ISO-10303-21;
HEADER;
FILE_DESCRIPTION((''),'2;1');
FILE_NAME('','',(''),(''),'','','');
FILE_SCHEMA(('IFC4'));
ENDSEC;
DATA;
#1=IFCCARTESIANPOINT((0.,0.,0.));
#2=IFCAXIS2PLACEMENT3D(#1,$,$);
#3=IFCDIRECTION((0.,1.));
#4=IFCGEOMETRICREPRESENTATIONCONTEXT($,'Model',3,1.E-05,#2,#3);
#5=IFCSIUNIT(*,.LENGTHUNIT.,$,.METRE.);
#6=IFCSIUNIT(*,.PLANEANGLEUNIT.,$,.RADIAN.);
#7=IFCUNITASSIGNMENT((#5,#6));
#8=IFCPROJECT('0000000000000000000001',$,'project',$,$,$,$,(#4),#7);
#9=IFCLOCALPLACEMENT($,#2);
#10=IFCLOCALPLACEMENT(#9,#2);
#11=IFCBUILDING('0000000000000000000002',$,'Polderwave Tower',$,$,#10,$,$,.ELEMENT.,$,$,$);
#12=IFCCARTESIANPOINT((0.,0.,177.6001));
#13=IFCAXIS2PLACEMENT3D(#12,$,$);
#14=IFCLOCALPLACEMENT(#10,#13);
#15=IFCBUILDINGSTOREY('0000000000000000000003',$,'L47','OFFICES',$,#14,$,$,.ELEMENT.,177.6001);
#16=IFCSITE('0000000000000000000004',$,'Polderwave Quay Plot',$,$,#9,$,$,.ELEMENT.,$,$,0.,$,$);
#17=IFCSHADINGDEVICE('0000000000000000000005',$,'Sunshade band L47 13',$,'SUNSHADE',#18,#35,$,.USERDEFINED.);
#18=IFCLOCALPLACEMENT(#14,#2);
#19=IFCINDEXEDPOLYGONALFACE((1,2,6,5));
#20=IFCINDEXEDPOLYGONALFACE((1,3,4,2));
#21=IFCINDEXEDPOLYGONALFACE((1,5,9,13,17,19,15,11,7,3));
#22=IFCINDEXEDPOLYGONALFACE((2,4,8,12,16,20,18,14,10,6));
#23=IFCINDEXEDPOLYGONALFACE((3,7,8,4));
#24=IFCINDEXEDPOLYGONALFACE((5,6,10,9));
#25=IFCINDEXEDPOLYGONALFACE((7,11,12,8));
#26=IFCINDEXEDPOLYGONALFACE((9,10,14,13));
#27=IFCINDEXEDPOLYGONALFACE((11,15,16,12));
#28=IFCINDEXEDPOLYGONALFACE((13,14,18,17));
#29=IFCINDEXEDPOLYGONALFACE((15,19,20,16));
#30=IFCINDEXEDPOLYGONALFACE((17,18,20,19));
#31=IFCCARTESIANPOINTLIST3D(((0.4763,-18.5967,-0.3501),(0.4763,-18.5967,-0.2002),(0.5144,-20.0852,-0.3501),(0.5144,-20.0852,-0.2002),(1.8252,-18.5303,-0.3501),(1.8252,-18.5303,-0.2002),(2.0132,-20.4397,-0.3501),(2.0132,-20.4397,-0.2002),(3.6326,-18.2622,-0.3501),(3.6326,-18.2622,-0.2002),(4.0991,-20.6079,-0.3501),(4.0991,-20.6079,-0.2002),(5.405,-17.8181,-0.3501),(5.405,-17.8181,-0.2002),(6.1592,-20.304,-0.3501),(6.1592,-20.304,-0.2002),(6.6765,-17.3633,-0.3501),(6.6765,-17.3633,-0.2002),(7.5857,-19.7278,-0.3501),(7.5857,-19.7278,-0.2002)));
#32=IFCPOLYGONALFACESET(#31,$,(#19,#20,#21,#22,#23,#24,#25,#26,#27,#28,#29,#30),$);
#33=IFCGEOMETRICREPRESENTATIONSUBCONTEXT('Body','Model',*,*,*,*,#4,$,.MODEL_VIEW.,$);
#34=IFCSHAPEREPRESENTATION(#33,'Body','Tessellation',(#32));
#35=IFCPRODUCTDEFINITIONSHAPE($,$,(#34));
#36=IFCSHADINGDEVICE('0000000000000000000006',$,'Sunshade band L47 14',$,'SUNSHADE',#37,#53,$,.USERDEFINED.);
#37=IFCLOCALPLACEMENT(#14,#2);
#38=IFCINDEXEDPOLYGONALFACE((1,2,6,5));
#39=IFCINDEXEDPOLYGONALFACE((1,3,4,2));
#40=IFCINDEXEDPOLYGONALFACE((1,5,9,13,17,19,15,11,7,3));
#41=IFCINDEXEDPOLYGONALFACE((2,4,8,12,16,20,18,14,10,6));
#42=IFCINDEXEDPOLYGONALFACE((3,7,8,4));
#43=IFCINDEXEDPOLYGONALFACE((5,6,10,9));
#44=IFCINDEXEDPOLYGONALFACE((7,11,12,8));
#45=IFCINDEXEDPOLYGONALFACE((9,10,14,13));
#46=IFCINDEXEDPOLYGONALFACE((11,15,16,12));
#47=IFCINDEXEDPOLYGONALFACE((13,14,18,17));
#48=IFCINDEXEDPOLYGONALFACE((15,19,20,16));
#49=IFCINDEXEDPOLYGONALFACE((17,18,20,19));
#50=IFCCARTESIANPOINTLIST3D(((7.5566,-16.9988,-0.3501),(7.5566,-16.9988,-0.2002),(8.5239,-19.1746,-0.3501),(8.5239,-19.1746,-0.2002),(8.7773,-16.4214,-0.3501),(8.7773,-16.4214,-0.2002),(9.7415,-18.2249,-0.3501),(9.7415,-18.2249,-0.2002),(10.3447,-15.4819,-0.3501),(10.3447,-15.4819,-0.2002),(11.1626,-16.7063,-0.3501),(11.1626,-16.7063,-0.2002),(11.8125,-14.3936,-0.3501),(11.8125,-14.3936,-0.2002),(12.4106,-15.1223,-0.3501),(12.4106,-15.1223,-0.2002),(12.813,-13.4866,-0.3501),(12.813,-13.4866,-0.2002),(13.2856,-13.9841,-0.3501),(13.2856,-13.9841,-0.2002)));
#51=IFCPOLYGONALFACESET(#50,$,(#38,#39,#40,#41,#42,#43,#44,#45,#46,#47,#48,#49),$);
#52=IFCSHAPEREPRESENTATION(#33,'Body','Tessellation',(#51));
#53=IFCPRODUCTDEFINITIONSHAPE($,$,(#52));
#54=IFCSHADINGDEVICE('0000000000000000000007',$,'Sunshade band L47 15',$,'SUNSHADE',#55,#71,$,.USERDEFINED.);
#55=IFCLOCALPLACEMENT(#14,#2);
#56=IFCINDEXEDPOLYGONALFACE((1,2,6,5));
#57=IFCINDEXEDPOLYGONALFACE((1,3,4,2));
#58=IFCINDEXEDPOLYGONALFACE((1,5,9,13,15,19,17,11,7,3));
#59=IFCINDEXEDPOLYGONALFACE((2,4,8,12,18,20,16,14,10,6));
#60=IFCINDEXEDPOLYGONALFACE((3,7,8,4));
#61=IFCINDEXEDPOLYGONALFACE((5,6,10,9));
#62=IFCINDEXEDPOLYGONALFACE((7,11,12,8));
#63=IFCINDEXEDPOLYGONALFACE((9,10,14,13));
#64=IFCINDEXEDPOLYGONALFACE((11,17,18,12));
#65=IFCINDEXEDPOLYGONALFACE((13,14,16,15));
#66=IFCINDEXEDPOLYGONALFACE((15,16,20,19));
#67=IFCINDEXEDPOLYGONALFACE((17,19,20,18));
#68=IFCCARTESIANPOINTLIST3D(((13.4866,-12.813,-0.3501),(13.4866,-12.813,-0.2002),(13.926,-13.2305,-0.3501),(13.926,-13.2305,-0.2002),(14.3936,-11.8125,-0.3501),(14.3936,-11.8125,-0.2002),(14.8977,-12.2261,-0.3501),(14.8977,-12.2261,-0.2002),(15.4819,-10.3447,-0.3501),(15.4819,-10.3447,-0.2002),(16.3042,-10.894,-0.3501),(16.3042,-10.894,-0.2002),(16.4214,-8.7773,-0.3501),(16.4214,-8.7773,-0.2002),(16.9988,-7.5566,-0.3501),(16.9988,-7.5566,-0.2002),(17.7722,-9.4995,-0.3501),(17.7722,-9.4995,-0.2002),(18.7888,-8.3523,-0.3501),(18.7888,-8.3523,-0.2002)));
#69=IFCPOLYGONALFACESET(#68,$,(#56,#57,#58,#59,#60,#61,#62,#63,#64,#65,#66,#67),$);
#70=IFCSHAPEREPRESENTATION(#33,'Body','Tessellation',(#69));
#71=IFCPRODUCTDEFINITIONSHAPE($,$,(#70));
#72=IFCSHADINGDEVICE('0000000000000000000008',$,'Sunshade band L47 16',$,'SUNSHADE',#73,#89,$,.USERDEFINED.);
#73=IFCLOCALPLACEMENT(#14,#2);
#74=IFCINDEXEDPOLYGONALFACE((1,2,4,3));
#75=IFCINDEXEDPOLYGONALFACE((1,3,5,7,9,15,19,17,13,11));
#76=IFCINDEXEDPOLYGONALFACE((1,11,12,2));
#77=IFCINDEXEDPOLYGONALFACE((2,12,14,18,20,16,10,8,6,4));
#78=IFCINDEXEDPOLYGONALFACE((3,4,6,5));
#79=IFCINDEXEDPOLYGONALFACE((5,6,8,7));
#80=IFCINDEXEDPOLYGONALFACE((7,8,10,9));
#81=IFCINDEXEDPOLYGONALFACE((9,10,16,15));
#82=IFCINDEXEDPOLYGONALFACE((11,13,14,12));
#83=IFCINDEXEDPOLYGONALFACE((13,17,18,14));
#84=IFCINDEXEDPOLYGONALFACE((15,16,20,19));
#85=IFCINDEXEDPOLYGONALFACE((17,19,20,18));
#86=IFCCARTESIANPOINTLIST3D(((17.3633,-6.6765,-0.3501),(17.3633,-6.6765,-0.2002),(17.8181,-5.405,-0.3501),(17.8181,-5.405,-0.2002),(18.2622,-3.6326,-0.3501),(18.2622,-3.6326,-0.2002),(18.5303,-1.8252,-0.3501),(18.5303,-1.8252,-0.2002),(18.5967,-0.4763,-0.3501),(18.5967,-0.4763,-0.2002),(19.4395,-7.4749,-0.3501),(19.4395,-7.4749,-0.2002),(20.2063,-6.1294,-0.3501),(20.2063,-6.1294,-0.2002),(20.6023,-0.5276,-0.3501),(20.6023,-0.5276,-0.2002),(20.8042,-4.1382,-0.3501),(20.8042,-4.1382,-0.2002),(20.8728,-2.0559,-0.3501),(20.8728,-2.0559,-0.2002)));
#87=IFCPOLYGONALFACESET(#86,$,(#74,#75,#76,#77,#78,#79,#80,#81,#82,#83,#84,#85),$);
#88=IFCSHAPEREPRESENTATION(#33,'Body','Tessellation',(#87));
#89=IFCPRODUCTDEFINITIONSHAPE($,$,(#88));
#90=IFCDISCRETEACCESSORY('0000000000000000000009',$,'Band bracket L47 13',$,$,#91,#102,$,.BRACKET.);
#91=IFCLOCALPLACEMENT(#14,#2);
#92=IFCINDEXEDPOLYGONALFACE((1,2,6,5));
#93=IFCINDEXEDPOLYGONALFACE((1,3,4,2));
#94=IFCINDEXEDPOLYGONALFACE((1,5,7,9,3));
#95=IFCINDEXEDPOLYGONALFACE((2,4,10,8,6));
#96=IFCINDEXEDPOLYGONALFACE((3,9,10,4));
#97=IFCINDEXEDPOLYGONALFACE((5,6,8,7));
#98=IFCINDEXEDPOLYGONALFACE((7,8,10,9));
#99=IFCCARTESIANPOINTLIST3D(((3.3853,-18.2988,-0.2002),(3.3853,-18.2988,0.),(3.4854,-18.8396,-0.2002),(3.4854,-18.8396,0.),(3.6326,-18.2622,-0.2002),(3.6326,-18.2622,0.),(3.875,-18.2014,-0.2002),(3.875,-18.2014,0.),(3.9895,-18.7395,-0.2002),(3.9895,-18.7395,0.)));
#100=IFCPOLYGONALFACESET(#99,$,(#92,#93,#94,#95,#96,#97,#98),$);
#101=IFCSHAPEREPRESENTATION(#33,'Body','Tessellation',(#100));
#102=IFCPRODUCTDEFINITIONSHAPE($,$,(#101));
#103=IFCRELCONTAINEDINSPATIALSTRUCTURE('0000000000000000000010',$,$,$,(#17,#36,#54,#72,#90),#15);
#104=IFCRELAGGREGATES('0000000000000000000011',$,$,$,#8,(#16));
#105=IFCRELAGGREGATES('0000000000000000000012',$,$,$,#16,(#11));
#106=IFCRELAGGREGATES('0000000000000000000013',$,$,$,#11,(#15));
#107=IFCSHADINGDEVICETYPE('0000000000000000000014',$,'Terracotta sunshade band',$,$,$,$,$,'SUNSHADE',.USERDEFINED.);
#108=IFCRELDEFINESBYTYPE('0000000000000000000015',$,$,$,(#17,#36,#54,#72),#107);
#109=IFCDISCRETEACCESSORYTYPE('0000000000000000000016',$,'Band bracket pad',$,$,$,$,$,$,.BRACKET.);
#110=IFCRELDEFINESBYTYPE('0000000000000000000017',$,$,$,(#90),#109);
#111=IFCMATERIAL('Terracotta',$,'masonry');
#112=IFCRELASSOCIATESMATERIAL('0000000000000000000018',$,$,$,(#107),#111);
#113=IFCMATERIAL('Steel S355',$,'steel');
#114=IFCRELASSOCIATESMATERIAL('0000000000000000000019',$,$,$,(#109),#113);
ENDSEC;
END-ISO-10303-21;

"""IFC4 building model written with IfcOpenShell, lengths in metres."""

from ifc_helpers import new_model, si_unit, direction, frame, origin, place, context, subcontext, project, spatial, polyline, outline, extrude, material, type_object, element, save


model = new_model("IFC4")

# Units and contexts
model_context = context("Model", 3, precision=1e-05, world=origin(), true_north=direction((0.0, 1.0)))
body_context = subcontext(model_context, "Body", "Model", "MODEL_VIEW")
ifc_project = project(units=[si_unit("LENGTHUNIT", "METRE"), si_unit("PLANEANGLEUNIT", "RADIAN")], contexts=[model_context])

# Site, building, storey
site_placement = place(None, origin())
site = spatial("IfcSite", under=ifc_project, at=site_placement, Name="Polderwave Quay Plot", CompositionType="ELEMENT", RefElevation=0.0)
building_placement = place(site_placement, origin())
building = spatial("IfcBuilding", under=site, at=building_placement, Name="Polderwave Tower", CompositionType="ELEMENT")
storey_placement = place(building_placement, frame((0.0, 0.0, 177.6001)))
storey = spatial("IfcBuildingStorey", under=building, at=storey_placement, Name="L47", Description="OFFICES", CompositionType="ELEMENT", Elevation=177.6001)

# Shared definitions
ifc_material_1 = material(Name="Steel S355", Category="steel")

# Shading devices
ifc_material_2 = material(Name="Terracotta", Category="masonry")
shading_device_type = type_object("IfcShadingDeviceType", Name="Terracotta sunshade band", ElementType="SUNSHADE", PredefinedType="USERDEFINED", material=ifc_material_2)
shading_device_1_placement = place(storey_placement, frame((0.0, 0.0, -0.3501)))
element("IfcShadingDevice", 1, at=shading_device_1_placement, inside=storey, type_object=shading_device_type, Name="Sunshade band L47 13", ObjectType="SUNSHADE", PredefinedType="USERDEFINED", context=body_context, shape_type="SweptSolid", body=[
    extrude(outline(polyline([(0.4763, -18.5967), (1.8252, -18.5303), (3.6326, -18.2622), (5.405, -17.8181), (6.6765, -17.3633), (7.5857, -19.7278), (6.1592, -20.304), (4.0991, -20.6079), (2.0132, -20.4397), (0.5144, -20.0852), (0.4763, -18.5967)])), origin(), (0.0, 0.0, 1.0), 0.1499),
])
shading_device_2_placement = place(storey_placement, frame((0.0, 0.0, -0.3501)))
element("IfcShadingDevice", 2, at=shading_device_2_placement, inside=storey, type_object=shading_device_type, Name="Sunshade band L47 14", ObjectType="SUNSHADE", PredefinedType="USERDEFINED", context=body_context, shape_type="SweptSolid", body=[
    extrude(outline(polyline([(7.5566, -16.9988), (8.7773, -16.4214), (10.3447, -15.4819), (11.8125, -14.3936), (12.813, -13.4866), (13.2856, -13.9841), (12.4106, -15.1223), (11.1626, -16.7063), (9.7415, -18.2249), (8.5239, -19.1746), (7.5566, -16.9988)])), origin(), (0.0, 0.0, 1.0), 0.1499),
])
shading_device_3_placement = place(storey_placement, frame((0.0, 0.0, -0.3501)))
element("IfcShadingDevice", 3, at=shading_device_3_placement, inside=storey, type_object=shading_device_type, Name="Sunshade band L47 15", ObjectType="SUNSHADE", PredefinedType="USERDEFINED", context=body_context, shape_type="SweptSolid", body=[
    extrude(outline(polyline([(13.4866, -12.813), (14.3936, -11.8125), (15.4819, -10.3447), (16.4214, -8.7773), (16.9988, -7.5566), (18.7888, -8.3523), (17.7722, -9.4995), (16.3042, -10.894), (14.8977, -12.2261), (13.926, -13.2305), (13.4866, -12.813)])), origin(), (0.0, 0.0, 1.0), 0.1499),
])
shading_device_4_placement = place(storey_placement, frame((0.0, 0.0, -0.3501)))
element("IfcShadingDevice", 4, at=shading_device_4_placement, inside=storey, type_object=shading_device_type, Name="Sunshade band L47 16", ObjectType="SUNSHADE", PredefinedType="USERDEFINED", context=body_context, shape_type="SweptSolid", body=[
    extrude(outline(polyline([(17.3633, -6.6765), (17.8181, -5.405), (18.2622, -3.6326), (18.5303, -1.8252), (18.5967, -0.4763), (20.6023, -0.5276), (20.8728, -2.0559), (20.8042, -4.1382), (20.2063, -6.1294), (19.4395, -7.4749), (17.3633, -6.6765)])), origin(), (0.0, 0.0, 1.0), 0.1499),
])

# Discrete accessory
discrete_accessory_type = type_object("IfcDiscreteAccessoryType", Name="Band bracket pad", PredefinedType="BRACKET", material=ifc_material_1)
discrete_accessory_placement = place(storey_placement, frame((0.0, 0.0, -0.2002)))
element("IfcDiscreteAccessory", 5, at=discrete_accessory_placement, inside=storey, type_object=discrete_accessory_type, Name="Band bracket L47 13", PredefinedType="BRACKET", context=body_context, shape_type="SweptSolid", body=[
    extrude(outline(polyline([(3.3853, -18.2988), (3.6326, -18.2622), (3.875, -18.2014), (3.9895, -18.7395), (3.4854, -18.8396), (3.3853, -18.2988)])), origin(), (0.0, 0.0, 1.0), 0.2002),
])

save(model, "model.ifc")
